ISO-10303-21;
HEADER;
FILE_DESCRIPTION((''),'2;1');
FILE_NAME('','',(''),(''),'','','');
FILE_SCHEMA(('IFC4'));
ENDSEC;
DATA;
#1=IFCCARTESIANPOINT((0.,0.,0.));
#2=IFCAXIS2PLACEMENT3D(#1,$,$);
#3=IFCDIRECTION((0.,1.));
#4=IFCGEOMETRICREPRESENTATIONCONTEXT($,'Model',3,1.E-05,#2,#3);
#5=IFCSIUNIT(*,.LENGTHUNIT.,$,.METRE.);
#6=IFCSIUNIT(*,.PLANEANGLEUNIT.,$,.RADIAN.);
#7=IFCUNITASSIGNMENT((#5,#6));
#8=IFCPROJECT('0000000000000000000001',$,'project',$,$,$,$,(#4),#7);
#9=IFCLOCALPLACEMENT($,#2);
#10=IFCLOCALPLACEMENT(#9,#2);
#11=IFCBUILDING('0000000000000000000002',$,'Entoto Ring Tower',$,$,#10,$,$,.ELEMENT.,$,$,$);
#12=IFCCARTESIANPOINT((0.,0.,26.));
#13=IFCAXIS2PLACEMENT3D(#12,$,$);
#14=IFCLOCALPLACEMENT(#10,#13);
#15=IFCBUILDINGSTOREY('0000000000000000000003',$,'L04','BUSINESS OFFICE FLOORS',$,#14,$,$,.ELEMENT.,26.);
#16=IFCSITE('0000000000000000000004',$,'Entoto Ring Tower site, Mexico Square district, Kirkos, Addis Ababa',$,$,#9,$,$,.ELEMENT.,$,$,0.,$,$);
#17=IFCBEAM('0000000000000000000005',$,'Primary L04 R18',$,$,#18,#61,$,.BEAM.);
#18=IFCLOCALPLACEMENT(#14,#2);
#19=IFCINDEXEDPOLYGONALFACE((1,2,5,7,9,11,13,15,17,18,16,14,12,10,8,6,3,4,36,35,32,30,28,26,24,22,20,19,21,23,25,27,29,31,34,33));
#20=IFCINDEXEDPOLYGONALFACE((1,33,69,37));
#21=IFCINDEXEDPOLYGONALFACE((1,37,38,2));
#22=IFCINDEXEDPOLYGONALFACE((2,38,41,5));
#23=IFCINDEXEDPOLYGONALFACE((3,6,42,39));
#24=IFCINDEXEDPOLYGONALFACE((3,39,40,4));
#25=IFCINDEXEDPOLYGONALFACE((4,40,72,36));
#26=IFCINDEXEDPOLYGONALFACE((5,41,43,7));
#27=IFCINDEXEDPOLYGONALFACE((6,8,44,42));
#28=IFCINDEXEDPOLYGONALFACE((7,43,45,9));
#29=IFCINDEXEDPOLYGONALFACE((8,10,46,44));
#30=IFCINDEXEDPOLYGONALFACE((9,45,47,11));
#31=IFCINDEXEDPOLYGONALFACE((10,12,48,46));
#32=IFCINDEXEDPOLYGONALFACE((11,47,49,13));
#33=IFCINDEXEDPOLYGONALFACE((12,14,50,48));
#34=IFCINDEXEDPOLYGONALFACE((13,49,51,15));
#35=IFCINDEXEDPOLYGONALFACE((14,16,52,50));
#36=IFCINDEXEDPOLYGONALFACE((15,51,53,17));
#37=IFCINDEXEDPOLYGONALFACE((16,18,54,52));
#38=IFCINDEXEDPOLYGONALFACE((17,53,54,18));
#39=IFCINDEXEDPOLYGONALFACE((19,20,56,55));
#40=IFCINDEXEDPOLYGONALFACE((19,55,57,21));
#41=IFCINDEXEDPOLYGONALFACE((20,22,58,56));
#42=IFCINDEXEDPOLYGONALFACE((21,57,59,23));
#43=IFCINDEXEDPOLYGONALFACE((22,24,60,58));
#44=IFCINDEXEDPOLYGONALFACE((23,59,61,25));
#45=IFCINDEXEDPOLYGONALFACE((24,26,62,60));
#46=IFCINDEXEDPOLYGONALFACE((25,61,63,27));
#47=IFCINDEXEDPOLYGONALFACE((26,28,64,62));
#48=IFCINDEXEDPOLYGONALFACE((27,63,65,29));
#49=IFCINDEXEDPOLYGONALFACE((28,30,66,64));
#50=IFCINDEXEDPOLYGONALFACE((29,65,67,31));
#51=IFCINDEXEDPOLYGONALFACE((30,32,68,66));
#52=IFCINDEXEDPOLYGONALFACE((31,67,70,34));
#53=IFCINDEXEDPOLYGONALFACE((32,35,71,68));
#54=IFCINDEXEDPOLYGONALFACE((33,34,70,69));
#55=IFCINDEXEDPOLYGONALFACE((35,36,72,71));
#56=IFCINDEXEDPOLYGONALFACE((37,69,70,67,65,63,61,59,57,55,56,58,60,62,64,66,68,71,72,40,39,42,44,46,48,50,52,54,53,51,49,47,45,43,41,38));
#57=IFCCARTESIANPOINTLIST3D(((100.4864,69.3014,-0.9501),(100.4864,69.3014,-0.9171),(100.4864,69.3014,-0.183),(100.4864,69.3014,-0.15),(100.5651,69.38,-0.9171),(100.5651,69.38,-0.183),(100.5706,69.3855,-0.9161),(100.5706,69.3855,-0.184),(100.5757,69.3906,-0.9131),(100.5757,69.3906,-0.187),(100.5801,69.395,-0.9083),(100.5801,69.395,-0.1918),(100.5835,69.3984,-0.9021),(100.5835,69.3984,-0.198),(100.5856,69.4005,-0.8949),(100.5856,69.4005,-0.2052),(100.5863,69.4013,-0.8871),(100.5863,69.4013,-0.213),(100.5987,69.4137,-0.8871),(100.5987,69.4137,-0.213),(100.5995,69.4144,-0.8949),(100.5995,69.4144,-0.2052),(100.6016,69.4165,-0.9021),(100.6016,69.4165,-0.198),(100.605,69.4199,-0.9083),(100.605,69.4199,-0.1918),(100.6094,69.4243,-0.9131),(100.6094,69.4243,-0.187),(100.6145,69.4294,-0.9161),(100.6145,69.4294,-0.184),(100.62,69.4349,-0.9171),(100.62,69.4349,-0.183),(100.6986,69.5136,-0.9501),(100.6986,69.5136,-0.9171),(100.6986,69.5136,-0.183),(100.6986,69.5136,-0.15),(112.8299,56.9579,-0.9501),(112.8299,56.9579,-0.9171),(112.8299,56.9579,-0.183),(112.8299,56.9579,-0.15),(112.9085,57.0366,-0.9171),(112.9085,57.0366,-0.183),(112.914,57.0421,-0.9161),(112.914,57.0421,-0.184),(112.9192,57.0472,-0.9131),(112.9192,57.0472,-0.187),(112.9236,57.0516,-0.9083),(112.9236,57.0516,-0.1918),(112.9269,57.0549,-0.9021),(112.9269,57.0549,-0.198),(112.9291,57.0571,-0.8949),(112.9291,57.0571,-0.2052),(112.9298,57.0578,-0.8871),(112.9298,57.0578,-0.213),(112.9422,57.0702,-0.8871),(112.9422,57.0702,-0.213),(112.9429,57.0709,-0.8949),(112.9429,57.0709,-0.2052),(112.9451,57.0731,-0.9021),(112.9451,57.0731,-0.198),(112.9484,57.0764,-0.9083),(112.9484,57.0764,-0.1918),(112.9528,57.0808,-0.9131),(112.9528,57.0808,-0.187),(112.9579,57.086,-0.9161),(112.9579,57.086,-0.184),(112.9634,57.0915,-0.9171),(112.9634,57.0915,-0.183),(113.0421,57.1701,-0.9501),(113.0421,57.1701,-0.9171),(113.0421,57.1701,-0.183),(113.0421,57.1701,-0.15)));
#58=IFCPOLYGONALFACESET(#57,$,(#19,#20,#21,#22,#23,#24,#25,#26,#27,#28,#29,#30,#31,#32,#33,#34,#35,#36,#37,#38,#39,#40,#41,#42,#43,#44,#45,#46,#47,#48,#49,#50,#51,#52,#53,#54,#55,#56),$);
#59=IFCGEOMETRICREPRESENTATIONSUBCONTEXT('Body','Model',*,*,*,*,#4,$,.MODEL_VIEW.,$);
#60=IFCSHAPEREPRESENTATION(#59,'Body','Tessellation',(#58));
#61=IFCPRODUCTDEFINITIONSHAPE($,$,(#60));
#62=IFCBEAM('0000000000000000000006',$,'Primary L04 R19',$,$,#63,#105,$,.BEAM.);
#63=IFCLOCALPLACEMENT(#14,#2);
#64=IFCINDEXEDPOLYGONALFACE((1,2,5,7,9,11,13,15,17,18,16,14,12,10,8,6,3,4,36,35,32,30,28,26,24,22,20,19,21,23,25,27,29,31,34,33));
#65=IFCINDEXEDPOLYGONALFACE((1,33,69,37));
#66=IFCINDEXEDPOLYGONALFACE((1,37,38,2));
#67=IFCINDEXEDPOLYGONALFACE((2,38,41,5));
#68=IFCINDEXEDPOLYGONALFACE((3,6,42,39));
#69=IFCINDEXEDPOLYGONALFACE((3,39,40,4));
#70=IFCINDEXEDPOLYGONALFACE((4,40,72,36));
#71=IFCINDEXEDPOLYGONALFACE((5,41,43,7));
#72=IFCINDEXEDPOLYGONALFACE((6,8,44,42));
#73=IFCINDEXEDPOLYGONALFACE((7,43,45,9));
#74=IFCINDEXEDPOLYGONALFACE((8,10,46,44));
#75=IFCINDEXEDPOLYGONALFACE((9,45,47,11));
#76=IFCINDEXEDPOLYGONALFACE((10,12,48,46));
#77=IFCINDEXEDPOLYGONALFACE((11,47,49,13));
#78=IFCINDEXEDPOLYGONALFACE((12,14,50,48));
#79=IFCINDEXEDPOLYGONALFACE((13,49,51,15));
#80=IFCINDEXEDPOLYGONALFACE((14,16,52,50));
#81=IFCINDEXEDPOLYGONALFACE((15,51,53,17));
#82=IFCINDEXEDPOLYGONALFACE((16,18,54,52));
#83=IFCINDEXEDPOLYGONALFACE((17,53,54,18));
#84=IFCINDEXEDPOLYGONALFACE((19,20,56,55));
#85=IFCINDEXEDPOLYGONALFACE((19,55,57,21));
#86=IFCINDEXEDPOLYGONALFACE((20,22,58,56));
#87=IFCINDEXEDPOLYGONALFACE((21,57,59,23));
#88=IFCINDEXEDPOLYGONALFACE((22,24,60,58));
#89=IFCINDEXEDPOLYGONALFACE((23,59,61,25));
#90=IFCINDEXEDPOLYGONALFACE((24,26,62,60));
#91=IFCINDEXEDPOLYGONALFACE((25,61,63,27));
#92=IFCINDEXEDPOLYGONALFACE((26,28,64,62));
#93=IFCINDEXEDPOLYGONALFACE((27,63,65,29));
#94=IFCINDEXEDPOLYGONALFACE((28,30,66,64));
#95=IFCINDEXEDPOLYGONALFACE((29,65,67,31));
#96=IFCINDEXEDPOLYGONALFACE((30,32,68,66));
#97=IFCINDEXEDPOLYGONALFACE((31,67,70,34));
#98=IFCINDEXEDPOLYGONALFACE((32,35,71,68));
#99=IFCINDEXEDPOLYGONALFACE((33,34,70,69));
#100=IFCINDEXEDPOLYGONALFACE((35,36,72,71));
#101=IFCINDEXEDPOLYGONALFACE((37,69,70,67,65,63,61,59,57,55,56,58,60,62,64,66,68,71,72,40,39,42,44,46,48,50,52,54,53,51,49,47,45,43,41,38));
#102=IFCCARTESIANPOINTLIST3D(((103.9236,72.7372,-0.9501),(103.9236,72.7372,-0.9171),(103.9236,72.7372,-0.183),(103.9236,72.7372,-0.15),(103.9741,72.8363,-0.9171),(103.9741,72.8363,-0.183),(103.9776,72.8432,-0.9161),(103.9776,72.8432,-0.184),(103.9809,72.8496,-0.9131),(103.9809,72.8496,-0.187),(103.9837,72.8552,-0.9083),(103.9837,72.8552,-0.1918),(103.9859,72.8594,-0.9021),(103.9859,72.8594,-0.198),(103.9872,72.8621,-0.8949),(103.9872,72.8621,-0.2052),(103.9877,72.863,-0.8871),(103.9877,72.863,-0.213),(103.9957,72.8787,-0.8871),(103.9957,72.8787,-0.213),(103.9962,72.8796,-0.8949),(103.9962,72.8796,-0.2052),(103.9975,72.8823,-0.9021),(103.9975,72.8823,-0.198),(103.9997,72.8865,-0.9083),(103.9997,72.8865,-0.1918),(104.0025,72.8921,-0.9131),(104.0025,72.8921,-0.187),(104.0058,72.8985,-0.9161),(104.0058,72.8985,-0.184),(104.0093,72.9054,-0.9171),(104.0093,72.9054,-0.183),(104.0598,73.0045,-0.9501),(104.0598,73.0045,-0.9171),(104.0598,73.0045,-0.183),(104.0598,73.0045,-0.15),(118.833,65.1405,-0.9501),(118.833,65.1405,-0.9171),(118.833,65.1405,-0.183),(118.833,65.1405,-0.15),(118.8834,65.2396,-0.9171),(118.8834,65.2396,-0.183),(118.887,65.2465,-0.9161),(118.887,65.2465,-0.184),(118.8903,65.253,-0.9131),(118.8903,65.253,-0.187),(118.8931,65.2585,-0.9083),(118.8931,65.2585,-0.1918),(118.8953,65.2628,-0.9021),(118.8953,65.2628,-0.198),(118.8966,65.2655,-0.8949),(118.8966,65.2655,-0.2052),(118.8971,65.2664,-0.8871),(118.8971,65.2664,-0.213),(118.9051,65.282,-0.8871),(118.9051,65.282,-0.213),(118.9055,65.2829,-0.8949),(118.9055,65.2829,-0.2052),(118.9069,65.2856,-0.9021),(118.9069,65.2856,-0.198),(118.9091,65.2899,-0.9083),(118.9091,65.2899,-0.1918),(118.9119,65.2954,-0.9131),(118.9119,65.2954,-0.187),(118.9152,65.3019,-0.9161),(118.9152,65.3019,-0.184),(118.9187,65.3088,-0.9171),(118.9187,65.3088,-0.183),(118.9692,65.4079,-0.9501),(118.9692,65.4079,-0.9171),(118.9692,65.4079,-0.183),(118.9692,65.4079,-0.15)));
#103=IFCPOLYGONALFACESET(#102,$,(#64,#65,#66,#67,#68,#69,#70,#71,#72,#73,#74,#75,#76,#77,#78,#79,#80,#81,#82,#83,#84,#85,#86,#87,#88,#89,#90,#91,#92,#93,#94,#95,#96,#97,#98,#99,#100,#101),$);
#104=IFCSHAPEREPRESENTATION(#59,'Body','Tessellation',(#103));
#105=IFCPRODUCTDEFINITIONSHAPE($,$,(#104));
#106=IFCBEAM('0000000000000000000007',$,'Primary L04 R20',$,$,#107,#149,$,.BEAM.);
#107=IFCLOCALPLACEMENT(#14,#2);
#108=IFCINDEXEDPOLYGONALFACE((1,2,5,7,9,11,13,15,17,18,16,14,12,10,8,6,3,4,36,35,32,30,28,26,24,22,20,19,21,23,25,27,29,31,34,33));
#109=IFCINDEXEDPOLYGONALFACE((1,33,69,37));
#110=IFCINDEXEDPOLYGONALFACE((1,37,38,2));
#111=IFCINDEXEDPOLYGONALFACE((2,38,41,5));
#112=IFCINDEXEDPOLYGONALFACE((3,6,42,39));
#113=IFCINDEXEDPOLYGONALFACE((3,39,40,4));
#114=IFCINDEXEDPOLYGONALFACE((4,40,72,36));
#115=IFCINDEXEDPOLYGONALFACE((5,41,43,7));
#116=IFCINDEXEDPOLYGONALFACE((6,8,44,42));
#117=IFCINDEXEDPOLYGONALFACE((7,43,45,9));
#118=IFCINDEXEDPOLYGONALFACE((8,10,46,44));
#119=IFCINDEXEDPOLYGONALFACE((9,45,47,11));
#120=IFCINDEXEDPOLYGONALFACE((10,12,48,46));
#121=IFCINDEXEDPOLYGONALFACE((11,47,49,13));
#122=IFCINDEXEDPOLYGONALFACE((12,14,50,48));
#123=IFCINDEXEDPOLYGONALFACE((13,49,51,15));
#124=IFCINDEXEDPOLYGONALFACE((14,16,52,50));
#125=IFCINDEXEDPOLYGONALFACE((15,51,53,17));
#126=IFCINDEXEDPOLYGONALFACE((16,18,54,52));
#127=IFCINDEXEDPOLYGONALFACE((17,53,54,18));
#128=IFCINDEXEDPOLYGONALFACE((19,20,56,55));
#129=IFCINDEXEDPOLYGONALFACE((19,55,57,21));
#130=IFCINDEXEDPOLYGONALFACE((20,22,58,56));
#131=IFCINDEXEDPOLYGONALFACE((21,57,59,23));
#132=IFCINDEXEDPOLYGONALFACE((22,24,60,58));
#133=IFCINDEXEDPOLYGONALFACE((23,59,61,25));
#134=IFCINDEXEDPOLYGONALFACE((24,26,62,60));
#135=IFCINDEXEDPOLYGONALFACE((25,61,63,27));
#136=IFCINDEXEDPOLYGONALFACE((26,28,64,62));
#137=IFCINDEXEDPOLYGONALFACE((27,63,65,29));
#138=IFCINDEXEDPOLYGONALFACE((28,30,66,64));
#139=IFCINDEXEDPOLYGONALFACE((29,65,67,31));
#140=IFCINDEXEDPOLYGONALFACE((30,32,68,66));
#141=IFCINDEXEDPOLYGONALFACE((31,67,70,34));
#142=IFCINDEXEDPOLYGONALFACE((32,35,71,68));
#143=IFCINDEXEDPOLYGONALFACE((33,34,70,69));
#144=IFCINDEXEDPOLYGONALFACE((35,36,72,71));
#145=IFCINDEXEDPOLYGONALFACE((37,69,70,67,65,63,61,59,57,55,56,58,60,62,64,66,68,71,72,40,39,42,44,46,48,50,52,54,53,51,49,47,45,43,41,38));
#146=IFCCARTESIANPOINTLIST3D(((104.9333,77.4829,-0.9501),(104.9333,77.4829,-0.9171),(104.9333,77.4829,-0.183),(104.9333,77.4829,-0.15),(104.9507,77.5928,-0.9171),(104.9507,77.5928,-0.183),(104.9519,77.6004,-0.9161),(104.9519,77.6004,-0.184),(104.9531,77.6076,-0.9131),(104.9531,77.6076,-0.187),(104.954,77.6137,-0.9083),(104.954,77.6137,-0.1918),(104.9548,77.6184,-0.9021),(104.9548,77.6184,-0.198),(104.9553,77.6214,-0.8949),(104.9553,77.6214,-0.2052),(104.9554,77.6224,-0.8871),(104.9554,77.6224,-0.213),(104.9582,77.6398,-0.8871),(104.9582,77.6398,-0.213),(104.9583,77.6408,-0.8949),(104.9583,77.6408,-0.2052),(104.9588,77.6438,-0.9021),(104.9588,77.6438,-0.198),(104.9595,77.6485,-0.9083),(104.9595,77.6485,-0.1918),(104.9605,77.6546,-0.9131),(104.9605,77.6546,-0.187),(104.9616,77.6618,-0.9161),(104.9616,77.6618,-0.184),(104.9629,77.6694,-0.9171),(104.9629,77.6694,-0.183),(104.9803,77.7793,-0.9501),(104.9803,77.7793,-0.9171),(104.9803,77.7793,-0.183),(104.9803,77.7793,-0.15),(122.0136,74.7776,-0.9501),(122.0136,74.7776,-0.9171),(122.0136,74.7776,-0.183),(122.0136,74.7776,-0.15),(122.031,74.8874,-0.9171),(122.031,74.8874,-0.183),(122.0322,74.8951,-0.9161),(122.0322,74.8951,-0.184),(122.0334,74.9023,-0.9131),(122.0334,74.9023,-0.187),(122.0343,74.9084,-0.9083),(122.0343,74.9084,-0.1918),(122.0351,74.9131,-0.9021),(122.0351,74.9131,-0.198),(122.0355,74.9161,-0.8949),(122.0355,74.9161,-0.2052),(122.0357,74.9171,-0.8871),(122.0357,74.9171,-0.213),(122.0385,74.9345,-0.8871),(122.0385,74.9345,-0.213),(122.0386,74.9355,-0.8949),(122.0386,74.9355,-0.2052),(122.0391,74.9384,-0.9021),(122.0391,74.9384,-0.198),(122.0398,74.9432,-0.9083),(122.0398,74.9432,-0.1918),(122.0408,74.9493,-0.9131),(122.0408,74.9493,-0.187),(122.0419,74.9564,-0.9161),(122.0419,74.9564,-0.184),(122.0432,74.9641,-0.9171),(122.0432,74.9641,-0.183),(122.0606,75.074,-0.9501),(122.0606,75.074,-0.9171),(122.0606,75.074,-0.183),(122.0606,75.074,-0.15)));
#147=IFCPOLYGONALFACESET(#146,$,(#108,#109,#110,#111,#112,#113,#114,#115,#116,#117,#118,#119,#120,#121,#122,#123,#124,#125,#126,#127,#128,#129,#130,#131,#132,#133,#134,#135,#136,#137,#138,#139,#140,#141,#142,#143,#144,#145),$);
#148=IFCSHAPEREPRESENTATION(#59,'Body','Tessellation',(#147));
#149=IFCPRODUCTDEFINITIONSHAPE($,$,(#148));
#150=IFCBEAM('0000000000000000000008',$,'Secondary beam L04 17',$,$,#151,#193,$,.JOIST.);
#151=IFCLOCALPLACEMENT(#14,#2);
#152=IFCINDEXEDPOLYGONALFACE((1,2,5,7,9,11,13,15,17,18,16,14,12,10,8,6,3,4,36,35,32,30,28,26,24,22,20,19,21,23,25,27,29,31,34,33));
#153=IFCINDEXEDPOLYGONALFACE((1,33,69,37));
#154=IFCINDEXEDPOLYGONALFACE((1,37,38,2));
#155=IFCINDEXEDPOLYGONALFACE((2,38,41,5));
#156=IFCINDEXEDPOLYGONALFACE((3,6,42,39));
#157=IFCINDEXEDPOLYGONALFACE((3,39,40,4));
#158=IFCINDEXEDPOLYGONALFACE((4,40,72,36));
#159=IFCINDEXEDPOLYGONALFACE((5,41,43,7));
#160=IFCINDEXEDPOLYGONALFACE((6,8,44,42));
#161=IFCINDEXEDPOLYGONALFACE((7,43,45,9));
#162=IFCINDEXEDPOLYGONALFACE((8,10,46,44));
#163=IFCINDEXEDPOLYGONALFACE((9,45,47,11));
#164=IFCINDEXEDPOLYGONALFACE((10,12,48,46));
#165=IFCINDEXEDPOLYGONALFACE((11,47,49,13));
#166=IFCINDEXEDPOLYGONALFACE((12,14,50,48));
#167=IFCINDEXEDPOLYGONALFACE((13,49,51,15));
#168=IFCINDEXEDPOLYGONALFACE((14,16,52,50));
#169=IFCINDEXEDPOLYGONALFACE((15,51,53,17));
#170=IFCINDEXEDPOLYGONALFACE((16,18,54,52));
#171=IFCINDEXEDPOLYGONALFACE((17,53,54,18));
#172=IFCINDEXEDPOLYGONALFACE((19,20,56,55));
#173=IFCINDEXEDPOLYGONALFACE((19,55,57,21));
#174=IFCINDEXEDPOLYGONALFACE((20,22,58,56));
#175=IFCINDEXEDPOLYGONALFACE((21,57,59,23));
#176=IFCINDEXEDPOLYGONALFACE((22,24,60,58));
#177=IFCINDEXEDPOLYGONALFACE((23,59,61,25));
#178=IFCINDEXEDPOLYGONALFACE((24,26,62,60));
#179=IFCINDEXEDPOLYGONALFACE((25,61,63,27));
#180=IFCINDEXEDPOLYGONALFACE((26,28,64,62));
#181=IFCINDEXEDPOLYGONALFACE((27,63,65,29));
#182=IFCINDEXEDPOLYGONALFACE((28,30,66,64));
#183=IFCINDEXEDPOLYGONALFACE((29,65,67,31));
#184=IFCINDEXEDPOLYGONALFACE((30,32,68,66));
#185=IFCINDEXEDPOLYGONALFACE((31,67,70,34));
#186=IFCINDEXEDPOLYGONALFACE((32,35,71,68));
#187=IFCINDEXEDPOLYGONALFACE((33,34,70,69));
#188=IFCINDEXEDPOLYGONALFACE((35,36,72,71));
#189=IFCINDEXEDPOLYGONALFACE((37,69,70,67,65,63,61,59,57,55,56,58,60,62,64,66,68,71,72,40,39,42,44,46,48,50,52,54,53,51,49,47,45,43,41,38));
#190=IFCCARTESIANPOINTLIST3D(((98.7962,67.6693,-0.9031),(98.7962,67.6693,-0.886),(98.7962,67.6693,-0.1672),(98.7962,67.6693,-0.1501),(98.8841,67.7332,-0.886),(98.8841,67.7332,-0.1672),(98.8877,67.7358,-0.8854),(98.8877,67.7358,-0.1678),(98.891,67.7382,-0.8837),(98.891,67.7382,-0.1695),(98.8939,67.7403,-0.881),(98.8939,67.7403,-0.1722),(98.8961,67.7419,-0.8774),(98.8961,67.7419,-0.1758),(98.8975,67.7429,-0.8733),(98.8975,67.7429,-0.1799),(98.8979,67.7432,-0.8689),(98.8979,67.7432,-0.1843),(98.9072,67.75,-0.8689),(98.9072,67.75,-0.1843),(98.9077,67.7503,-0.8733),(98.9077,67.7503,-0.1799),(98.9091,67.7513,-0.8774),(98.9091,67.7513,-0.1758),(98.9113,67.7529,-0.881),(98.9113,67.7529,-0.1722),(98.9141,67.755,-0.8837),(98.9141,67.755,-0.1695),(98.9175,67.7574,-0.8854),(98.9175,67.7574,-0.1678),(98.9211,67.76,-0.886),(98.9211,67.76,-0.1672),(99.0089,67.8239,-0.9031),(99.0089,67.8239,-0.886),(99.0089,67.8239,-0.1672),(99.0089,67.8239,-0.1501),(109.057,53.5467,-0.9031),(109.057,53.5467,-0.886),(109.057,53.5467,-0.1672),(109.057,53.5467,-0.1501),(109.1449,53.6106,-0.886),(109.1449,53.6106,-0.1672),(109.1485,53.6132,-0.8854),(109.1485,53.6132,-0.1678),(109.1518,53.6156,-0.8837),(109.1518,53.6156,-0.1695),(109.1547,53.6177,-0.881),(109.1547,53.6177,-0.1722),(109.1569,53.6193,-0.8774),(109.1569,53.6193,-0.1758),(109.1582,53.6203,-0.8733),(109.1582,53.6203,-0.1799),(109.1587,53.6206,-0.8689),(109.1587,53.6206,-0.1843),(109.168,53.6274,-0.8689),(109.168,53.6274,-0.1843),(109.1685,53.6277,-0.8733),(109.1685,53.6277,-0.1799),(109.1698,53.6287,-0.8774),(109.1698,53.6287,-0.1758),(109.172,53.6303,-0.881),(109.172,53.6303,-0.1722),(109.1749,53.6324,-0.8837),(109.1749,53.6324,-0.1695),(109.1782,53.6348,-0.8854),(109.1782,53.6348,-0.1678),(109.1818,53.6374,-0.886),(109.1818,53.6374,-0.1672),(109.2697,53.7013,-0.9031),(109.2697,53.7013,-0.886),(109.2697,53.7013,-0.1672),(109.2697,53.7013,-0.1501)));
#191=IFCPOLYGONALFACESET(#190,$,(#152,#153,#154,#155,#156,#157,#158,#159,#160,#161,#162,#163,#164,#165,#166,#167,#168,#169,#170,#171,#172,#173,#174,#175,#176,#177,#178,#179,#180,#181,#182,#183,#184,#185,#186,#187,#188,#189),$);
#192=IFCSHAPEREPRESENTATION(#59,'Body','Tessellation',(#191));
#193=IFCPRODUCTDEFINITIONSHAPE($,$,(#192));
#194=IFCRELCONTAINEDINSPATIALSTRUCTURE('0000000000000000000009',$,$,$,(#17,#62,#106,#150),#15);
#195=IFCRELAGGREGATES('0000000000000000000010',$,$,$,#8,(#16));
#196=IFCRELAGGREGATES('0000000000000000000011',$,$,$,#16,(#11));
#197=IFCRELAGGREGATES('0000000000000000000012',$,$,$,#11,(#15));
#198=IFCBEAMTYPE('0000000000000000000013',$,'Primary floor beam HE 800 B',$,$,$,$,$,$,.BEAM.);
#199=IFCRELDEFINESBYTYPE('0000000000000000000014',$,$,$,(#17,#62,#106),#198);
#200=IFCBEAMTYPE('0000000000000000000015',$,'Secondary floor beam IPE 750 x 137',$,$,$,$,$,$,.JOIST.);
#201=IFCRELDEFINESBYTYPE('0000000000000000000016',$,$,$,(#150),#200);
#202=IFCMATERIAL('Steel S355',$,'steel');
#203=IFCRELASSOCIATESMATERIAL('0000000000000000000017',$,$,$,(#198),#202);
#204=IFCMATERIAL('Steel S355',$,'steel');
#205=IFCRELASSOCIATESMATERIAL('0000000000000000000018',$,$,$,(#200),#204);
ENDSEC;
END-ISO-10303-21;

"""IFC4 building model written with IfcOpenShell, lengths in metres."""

from ifc_helpers import new_model, si_unit, direction, frame, origin, origin_2d, place, context, subcontext, project, spatial, i_section, extrude, material, material_profile, profile_set, type_object, element, save


model = new_model("IFC4")

# Units and contexts
model_context = context("Model", 3, precision=1e-05, world=origin(), true_north=direction((0.0, 1.0)))
body_context = subcontext(model_context, "Body", "Model", "MODEL_VIEW")
ifc_project = project(units=[si_unit("LENGTHUNIT", "METRE"), si_unit("PLANEANGLEUNIT", "RADIAN")], contexts=[model_context])

# Site, building, storey
site_placement = place(None, origin())
site = spatial("IfcSite", under=ifc_project, at=site_placement, Name="Entoto Ring Tower site, Mexico Square district, Kirkos, Addis Ababa", CompositionType="ELEMENT", RefElevation=0.0)
building_placement = place(site_placement, origin())
building = spatial("IfcBuilding", under=site, at=building_placement, Name="Entoto Ring Tower", CompositionType="ELEMENT")
storey_placement = place(building_placement, frame((0.0, 0.0, 26.0)))
storey = spatial("IfcBuildingStorey", under=building, at=storey_placement, Name="L04", Description="BUSINESS OFFICE FLOORS", CompositionType="ELEMENT", Elevation=26.0)

# Beams
ifc_material_1 = material(Name="Steel S355", Category="steel")
ifc_material_profile_1 = material_profile(ifc_material_1, i_section(OverallWidth=0.3, OverallDepth=0.8, WebThickness=0.0176, FlangeThickness=0.033, FilletRadius=0.03, at=origin_2d()), Name="HE 800 B")
ifc_profile_set_1 = profile_set([ifc_material_profile_1], Name="Steel S355")
beam_type_1 = type_object("IfcBeamType", Name="Primary floor beam HE 800 B", PredefinedType="BEAM", material=ifc_profile_set_1)
beam_1_placement = place(storey_placement, frame((100.5925, 69.4075, -0.55), z_axis=(0.707107, -0.707107, 0.0), x_axis=(0.707107, 0.707107, 0.0)))
element("IfcBeam", 1, at=beam_1_placement, inside=storey, type_object=beam_type_1, Name="Primary L04 R18", PredefinedType="BEAM", context=body_context, shape_type="SweptSolid", body=[
    extrude(i_section(OverallWidth=0.3, OverallDepth=0.8, WebThickness=0.0176, FlangeThickness=0.033, FilletRadius=0.03, at=origin_2d()), origin(), (0.0, 0.0, 1.0), 17.4563),
])
beam_2_placement = place(storey_placement, frame((103.9917, 72.8708, -0.55), z_axis=(0.891008, -0.453988, 0.0), x_axis=(0.453988, 0.891008, 0.0)))
element("IfcBeam", 2, at=beam_2_placement, inside=storey, type_object=beam_type_1, Name="Primary L04 R19", PredefinedType="BEAM", context=body_context, shape_type="SweptSolid", body=[
    extrude(i_section(OverallWidth=0.3, OverallDepth=0.8, WebThickness=0.0176, FlangeThickness=0.033, FilletRadius=0.03, at=origin_2d()), origin(), (0.0, 0.0, 1.0), 16.7332),
])
beam_3_placement = place(storey_placement, frame((104.9568, 77.6311, -0.55), z_axis=(0.987688, -0.156438, 0.0), x_axis=(0.156438, 0.987688, 0.0)))
element("IfcBeam", 3, at=beam_3_placement, inside=storey, type_object=beam_type_1, Name="Primary L04 R20", PredefinedType="BEAM", context=body_context, shape_type="SweptSolid", body=[
    extrude(i_section(OverallWidth=0.3, OverallDepth=0.8, WebThickness=0.0176, FlangeThickness=0.033, FilletRadius=0.03, at=origin_2d()), origin(), (0.0, 0.0, 1.0), 17.2932),
])
ifc_material_2 = material(Name="Steel S355", Category="steel")
ifc_material_profile_2 = material_profile(ifc_material_2, i_section(OverallWidth=0.2629, OverallDepth=0.7529, WebThickness=0.0115, FlangeThickness=0.0171, FilletRadius=0.0171, at=origin_2d()), Name="IPE 750 x 137")
ifc_profile_set_2 = profile_set([ifc_material_profile_2], Name="Steel S355")
beam_type_2 = type_object("IfcBeamType", Name="Secondary floor beam IPE 750 x 137", PredefinedType="JOIST", material=ifc_profile_set_2)
for number, where, z_axis, x_axis, name in (
    (4, (98.9026, 67.7466, -0.5266), (0.587789, -0.809014, 0.0), (0.809014, 0.587789, 0.0), "Secondary beam L04 17"),
):
    element("IfcBeam", number, at=place(storey_placement, frame(where, z_axis=z_axis, x_axis=x_axis)), inside=storey, type_object=beam_type_2, Name=name, PredefinedType="JOIST", context=body_context, shape_type="SweptSolid", body=[
        extrude(i_section(OverallWidth=0.2629, OverallDepth=0.7529, WebThickness=0.0115, FlangeThickness=0.0171, FilletRadius=0.0171, at=origin_2d()), origin(), (0.0, 0.0, 1.0), 17.4565),
    ])

save(model, "model.ifc")
